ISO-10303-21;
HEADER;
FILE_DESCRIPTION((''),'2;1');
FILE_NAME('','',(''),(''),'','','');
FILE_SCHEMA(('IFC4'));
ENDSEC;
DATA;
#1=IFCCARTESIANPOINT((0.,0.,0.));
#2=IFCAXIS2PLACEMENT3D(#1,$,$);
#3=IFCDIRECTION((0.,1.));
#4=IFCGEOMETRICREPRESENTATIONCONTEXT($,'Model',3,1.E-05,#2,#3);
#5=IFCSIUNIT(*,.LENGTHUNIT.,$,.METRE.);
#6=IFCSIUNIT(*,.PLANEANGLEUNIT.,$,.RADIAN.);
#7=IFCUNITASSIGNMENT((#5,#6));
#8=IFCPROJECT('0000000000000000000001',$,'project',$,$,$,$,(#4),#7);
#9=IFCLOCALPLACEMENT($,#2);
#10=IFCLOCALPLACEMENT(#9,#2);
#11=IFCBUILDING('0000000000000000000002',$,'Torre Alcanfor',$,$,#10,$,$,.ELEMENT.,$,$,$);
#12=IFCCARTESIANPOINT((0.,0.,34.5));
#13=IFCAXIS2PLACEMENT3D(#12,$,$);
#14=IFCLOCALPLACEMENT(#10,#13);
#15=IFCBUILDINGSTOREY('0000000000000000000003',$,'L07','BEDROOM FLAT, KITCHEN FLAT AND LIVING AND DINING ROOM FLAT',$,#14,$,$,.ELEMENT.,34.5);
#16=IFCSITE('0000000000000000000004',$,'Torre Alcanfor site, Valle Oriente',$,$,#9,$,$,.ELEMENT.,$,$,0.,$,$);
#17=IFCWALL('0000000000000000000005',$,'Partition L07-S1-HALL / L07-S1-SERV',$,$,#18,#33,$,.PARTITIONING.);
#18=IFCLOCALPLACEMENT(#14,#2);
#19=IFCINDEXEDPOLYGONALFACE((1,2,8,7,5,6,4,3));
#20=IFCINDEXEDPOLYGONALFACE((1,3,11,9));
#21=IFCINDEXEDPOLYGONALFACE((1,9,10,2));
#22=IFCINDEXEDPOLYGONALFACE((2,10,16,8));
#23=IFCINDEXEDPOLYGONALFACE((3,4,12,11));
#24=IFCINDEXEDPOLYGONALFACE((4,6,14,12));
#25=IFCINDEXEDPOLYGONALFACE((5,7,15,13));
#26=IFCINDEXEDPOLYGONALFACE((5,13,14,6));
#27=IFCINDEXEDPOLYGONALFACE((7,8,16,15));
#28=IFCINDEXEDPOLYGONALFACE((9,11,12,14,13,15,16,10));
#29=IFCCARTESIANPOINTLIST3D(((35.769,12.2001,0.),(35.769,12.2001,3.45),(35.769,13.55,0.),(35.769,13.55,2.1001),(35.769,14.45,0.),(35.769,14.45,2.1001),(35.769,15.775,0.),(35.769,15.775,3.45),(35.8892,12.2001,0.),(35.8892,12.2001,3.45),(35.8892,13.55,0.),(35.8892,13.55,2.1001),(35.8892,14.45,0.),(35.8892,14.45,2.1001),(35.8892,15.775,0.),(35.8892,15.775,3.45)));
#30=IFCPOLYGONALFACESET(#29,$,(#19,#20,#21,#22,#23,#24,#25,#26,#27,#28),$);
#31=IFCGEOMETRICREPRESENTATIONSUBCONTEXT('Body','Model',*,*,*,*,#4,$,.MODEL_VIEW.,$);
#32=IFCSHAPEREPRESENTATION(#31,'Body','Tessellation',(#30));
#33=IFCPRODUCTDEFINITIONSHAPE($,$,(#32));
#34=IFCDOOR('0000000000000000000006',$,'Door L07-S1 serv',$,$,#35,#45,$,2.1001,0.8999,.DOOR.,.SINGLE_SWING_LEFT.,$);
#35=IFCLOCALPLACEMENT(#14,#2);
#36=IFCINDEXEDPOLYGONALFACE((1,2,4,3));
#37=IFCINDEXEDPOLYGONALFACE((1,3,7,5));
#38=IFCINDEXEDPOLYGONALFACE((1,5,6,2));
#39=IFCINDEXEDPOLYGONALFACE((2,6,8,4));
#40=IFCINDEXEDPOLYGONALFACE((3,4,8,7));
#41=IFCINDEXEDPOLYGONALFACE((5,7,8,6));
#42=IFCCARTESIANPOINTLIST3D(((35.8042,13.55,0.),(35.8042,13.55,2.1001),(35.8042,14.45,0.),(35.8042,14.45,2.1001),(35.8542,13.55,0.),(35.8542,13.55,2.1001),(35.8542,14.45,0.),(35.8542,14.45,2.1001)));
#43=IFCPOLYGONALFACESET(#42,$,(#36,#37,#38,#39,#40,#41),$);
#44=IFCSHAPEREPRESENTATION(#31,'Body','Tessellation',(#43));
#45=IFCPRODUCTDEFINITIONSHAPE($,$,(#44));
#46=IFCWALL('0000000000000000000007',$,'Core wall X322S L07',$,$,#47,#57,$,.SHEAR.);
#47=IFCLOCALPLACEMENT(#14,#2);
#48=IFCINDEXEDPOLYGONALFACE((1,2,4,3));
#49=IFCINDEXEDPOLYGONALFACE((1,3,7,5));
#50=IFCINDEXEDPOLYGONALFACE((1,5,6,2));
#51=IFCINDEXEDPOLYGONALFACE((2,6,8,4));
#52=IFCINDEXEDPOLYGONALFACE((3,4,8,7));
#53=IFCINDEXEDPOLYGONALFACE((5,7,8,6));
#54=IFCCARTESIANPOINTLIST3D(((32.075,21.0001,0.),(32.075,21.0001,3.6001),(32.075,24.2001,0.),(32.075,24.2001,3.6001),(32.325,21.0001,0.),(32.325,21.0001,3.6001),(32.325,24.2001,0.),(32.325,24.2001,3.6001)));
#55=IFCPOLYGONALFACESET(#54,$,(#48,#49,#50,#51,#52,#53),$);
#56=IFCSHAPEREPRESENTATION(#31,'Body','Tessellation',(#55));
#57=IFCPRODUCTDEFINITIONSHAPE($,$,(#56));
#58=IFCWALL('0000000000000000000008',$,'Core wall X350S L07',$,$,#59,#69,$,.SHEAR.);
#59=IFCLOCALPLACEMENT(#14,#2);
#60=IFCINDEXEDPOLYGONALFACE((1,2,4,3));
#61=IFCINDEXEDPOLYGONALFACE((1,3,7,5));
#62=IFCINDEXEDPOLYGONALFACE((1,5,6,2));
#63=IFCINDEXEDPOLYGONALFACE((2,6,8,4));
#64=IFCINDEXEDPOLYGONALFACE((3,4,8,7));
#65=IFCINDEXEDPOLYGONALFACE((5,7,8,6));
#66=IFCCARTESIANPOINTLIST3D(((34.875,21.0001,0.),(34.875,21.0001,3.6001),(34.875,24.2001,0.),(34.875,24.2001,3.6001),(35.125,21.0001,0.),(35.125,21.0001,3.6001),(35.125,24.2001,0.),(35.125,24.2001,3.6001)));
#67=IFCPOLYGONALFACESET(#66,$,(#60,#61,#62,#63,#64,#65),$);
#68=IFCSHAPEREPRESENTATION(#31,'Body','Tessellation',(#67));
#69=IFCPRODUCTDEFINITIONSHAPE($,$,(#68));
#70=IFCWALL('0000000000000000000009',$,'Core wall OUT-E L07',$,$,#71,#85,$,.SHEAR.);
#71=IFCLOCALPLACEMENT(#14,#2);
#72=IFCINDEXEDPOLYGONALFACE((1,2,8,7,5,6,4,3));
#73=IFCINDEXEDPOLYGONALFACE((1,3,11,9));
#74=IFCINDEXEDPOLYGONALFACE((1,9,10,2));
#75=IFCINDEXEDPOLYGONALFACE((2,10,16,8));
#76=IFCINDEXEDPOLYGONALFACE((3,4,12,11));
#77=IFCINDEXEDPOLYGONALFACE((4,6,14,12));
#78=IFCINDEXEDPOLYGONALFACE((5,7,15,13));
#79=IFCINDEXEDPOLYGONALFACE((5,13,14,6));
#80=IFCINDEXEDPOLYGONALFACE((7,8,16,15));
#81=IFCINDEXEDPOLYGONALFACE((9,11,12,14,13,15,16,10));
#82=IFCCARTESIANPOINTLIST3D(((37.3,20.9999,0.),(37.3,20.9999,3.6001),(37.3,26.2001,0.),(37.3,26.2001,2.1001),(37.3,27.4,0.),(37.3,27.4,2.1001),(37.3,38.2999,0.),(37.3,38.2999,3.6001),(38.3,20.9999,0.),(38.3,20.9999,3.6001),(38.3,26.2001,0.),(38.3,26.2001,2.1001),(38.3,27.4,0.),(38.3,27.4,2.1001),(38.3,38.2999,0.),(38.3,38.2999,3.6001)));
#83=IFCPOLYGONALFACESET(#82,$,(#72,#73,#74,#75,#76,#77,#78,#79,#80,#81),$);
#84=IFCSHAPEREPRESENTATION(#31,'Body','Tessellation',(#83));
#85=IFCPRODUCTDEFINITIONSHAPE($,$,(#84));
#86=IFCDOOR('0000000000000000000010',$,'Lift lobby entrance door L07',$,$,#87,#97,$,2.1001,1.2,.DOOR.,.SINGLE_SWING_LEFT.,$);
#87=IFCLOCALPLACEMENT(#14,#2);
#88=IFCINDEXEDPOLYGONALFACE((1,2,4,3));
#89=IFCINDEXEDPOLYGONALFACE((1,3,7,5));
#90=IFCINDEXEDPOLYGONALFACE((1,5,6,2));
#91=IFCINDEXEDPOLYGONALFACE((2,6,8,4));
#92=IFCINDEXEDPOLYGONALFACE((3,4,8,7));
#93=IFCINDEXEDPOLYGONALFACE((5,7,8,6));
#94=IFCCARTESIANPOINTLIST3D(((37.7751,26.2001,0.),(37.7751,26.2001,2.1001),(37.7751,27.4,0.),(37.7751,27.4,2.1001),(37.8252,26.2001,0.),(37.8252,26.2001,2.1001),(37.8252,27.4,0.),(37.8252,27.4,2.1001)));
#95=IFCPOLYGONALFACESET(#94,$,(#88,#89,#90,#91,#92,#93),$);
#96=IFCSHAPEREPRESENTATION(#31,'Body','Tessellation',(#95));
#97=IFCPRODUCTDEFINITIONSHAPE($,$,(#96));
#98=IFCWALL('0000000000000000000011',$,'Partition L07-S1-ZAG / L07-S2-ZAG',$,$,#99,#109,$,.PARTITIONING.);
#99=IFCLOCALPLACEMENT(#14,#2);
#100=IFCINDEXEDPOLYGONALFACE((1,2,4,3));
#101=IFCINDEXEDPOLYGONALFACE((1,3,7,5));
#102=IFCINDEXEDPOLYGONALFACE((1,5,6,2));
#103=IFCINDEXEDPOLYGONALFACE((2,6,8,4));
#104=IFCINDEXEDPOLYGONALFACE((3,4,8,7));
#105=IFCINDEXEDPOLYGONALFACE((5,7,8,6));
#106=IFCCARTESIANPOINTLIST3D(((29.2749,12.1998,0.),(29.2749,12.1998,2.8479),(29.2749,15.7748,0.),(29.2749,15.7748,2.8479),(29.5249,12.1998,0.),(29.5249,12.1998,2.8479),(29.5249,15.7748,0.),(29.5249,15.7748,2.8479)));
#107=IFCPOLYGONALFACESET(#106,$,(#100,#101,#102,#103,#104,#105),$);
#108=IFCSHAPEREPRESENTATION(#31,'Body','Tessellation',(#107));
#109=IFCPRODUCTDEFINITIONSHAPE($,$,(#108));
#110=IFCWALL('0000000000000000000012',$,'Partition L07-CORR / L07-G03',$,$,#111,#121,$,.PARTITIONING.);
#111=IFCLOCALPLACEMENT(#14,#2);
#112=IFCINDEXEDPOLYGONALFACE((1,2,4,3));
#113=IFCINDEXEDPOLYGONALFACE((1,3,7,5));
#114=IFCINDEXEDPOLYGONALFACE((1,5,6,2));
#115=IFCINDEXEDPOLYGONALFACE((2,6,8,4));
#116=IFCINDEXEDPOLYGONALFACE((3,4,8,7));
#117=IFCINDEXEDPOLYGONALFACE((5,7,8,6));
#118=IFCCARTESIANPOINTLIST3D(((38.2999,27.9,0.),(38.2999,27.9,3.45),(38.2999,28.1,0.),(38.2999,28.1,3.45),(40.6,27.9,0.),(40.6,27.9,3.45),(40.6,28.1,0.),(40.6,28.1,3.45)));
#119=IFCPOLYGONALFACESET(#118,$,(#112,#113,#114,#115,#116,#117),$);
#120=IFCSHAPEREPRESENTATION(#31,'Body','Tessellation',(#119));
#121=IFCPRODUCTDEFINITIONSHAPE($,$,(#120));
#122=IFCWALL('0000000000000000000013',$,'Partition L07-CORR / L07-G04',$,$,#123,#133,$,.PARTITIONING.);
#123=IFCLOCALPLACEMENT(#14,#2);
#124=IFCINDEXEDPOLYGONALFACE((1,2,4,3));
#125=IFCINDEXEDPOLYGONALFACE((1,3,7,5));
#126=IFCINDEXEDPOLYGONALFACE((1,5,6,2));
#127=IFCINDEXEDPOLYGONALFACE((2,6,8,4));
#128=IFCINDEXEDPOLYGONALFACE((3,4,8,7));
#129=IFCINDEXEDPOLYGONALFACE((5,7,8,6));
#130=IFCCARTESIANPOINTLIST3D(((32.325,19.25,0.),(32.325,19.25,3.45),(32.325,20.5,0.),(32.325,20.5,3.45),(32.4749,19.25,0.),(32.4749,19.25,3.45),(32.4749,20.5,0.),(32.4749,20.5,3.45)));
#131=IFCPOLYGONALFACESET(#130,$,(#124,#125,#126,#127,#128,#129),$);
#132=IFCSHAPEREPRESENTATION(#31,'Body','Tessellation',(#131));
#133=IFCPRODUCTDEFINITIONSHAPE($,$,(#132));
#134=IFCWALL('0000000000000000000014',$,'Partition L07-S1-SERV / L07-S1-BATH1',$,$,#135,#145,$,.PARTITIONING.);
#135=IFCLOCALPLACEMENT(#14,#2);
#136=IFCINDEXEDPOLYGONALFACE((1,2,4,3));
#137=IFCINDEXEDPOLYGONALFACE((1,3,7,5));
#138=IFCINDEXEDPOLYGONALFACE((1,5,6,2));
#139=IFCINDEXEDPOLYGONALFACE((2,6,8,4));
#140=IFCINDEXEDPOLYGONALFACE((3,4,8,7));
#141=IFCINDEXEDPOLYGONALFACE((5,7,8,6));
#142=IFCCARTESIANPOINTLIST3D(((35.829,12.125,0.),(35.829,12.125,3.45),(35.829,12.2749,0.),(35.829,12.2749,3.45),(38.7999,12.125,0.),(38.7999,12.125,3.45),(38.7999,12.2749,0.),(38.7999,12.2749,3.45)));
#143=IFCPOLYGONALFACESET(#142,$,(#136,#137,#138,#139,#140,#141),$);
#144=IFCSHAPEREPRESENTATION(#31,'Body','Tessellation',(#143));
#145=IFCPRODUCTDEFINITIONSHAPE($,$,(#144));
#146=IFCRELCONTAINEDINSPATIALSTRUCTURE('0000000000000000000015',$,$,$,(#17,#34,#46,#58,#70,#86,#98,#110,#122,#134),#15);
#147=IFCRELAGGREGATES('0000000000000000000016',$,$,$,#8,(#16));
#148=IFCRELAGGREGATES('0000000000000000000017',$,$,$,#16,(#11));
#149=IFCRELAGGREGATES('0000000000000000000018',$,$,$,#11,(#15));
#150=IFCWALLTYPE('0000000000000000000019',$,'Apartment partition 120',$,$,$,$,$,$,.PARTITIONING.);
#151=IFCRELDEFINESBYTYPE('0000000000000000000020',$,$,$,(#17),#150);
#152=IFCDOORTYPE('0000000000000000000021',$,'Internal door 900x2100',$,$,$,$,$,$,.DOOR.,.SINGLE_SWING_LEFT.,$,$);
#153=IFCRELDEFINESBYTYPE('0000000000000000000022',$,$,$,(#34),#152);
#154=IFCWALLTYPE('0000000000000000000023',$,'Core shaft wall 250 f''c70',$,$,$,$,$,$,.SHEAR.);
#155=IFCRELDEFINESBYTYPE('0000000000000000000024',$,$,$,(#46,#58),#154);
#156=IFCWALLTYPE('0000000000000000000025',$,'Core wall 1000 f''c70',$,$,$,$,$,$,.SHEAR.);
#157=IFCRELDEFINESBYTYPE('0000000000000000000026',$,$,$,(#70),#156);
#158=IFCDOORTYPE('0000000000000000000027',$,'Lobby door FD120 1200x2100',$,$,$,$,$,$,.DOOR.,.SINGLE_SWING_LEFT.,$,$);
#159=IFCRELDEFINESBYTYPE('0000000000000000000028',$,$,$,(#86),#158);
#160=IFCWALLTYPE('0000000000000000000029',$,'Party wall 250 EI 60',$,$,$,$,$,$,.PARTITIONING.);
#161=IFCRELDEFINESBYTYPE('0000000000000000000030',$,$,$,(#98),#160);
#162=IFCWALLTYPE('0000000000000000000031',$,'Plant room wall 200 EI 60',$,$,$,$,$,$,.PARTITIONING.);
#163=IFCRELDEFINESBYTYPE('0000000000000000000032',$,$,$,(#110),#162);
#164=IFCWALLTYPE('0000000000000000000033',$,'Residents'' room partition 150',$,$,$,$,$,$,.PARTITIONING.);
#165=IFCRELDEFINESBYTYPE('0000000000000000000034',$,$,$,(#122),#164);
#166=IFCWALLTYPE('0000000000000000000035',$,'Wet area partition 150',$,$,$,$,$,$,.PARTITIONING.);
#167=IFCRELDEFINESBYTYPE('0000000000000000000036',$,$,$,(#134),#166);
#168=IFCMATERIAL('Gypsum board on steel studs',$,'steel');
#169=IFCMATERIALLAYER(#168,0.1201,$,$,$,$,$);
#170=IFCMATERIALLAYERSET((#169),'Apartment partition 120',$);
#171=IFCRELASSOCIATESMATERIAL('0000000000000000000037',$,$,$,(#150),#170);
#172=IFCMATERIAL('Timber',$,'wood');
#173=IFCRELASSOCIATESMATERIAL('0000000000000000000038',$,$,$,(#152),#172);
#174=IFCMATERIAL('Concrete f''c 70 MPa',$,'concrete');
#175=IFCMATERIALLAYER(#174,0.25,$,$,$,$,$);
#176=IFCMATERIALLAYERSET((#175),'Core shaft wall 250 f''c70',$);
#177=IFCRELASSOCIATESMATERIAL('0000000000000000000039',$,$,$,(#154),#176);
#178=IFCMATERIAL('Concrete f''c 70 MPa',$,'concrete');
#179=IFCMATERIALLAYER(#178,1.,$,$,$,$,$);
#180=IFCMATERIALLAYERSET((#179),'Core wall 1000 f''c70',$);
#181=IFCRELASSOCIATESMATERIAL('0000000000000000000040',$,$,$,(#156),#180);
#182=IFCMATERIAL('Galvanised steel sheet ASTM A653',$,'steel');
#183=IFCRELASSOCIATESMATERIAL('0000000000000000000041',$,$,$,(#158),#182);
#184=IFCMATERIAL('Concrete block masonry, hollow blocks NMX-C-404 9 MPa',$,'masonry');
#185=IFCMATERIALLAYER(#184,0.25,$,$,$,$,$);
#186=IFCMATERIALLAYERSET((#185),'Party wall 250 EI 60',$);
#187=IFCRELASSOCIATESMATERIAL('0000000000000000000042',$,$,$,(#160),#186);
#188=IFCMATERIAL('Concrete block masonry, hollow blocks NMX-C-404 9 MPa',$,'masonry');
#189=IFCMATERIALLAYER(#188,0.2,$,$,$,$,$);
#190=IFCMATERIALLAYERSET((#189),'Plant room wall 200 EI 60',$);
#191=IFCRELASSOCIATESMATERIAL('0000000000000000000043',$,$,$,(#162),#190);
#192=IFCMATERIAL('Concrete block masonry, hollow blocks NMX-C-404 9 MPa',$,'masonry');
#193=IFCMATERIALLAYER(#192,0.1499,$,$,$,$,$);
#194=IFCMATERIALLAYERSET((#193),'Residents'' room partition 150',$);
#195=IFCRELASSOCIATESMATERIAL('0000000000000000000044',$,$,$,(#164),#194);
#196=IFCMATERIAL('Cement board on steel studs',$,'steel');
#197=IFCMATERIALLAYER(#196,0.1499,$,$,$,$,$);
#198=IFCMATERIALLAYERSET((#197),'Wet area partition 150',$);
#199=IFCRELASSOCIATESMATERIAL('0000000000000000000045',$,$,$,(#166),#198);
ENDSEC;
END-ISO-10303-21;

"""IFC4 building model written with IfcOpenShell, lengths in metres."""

from ifc_helpers import new_model, si_unit, direction, frame, frame_2d, origin, place, context, subcontext, project, spatial, rectangle, extrude, material, layer, layer_set, type_object, element, fill, save


model = new_model("IFC4")

# Units and contexts
model_context = context("Model", 3, precision=1e-05, world=origin(), true_north=direction((0.0, 1.0)))
body_context = subcontext(model_context, "Body", "Model", "MODEL_VIEW")
ifc_project = project(units=[si_unit("LENGTHUNIT", "METRE"), si_unit("PLANEANGLEUNIT", "RADIAN")], contexts=[model_context])

# Site, building, storey
site_placement = place(None, origin())
site = spatial("IfcSite", under=ifc_project, at=site_placement, Name="Torre Alcanfor site, Valle Oriente", CompositionType="ELEMENT", RefElevation=0.0)
building_placement = place(site_placement, origin())
building = spatial("IfcBuilding", under=site, at=building_placement, Name="Torre Alcanfor", CompositionType="ELEMENT")
storey_placement = place(building_placement, frame((0.0, 0.0, 34.5)))
storey = spatial("IfcBuildingStorey", under=building, at=storey_placement, Name="L07", Description="BEDROOM FLAT, KITCHEN FLAT AND LIVING AND DINING ROOM FLAT", CompositionType="ELEMENT", Elevation=34.5)

# Wall, opening, door
ifc_material_1 = material(Name="Gypsum board on steel studs", Category="steel")
ifc_layer_1 = layer(ifc_material_1, 0.1201)
ifc_layer_set_1 = layer_set([ifc_layer_1], Name="Apartment partition 120")
wall_type_1 = type_object("IfcWallType", Name="Apartment partition 120", PredefinedType="PARTITIONING", material=ifc_layer_set_1)
wall_1_placement = place(storey_placement, frame((35.8291, 12.2, 0.0), z_axis=(0.0, 0.0, 1.0), x_axis=(0.0, 1.0, 0.0)))
wall_1 = element("IfcWall", 1, at=wall_1_placement, inside=storey, type_object=wall_type_1, Name="Partition L07-S1-HALL / L07-S1-SERV", PredefinedType="PARTITIONING", context=body_context, shape_type="SweptSolid", body=[
    extrude(rectangle(XDim=3.575, YDim=0.1201, at=frame_2d((1.7876, 0.0))), origin(), (0.0, 0.0, 1.0), 3.45),
])
opening_1_placement = place(wall_1_placement, frame((1.3501, 0.0, 0.0)))
opening_1 = element("IfcOpeningElement", 2, at=opening_1_placement, cuts=wall_1, PredefinedType="OPENING", context=body_context, shape_type="SweptSolid", body=[
    extrude(rectangle(XDim=0.8999, YDim=2.1001, at=frame_2d((0.45, 1.05))), frame((0.0, 0.0701, 0.0), z_axis=(0.0, -1.0, 0.0), x_axis=(1.0, 0.0, 0.0)), (0.0, 0.0, 1.0), 0.1401),
])
ifc_material_2 = material(Name="Timber", Category="wood")
door_type_1 = type_object("IfcDoorType", Name="Internal door 900x2100", OperationType="SINGLE_SWING_LEFT", PredefinedType="DOOR", material=ifc_material_2)
door_1_placement = place(opening_1_placement, frame((0.8999, 0.0, 0.0), z_axis=(0.0, 0.0, 1.0), x_axis=(-1.0, 0.0, 0.0)))
door_1 = element("IfcDoor", 3, at=door_1_placement, inside=storey, type_object=door_type_1, Name="Door L07-S1 serv", OperationType="SINGLE_SWING_LEFT", OverallHeight=2.1001, OverallWidth=0.8999, PredefinedType="DOOR", context=body_context, shape_type="SweptSolid", body=[
    extrude(rectangle(XDim=0.8999, YDim=2.1001, at=frame_2d((0.45, 1.05))), frame((0.0, 0.0251, 0.0), z_axis=(0.0, -1.0, 0.0), x_axis=(1.0, 0.0, 0.0)), (0.0, 0.0, 1.0), 0.05),
])
fill(opening_1, door_1)

# Walls
ifc_material_3 = material(Name="Concrete f'c 70 MPa", Category="concrete")
ifc_layer_2 = layer(ifc_material_3, 0.25)
ifc_layer_set_2 = layer_set([ifc_layer_2], Name="Core shaft wall 250 f'c70")
wall_type_2 = type_object("IfcWallType", Name="Core shaft wall 250 f'c70", PredefinedType="SHEAR", material=ifc_layer_set_2)
for number, where, z_axis, x_axis, name in (
    (4, (32.2, 21.0, 0.0), (0.0, 0.0, 1.0), (0.0, 1.0, 0.0), "Core wall X322S L07"),
    (5, (35.0, 21.0, 0.0), (0.0, 0.0, 1.0), (0.0, 1.0, 0.0), "Core wall X350S L07"),
):
    element("IfcWall", number, at=place(storey_placement, frame(where, z_axis=z_axis, x_axis=x_axis)), inside=storey, type_object=wall_type_2, Name=name, PredefinedType="SHEAR", context=body_context, shape_type="SweptSolid", body=[
        extrude(rectangle(XDim=3.2, YDim=0.25, at=frame_2d((1.6001, 0.0))), origin(), (0.0, 0.0, 1.0), 3.6001),
    ])

# Wall, opening, door
ifc_material_4 = material(Name="Concrete f'c 70 MPa", Category="concrete")
ifc_layer_3 = layer(ifc_material_4, 1.0)
ifc_layer_set_3 = layer_set([ifc_layer_3], Name="Core wall 1000 f'c70")
wall_type_3 = type_object("IfcWallType", Name="Core wall 1000 f'c70", PredefinedType="SHEAR", material=ifc_layer_set_3)
wall_2_placement = place(storey_placement, frame((37.8, 21.0, 0.0), z_axis=(0.0, 0.0, 1.0), x_axis=(0.0, 1.0, 0.0)))
wall_2 = element("IfcWall", 6, at=wall_2_placement, inside=storey, type_object=wall_type_3, Name="Core wall OUT-E L07", PredefinedType="SHEAR", context=body_context, shape_type="SweptSolid", body=[
    extrude(rectangle(XDim=17.3, YDim=1.0, at=frame_2d((8.6499, 0.0))), origin(), (0.0, 0.0, 1.0), 3.6001),
])
opening_2_placement = place(wall_2_placement, frame((5.2, 0.0, 0.0)))
opening_2 = element("IfcOpeningElement", 7, at=opening_2_placement, cuts=wall_2, PredefinedType="OPENING", context=body_context, shape_type="SweptSolid", body=[
    extrude(rectangle(XDim=1.2, YDim=2.1001, at=frame_2d((0.6001, 1.05))), frame((0.0, 0.51, 0.0), z_axis=(0.0, -1.0, 0.0), x_axis=(1.0, 0.0, 0.0)), (0.0, 0.0, 1.0), 1.02),
])
ifc_material_5 = material(Name="Galvanised steel sheet ASTM A653", Category="steel")
door_type_2 = type_object("IfcDoorType", Name="Lobby door FD120 1200x2100", OperationType="SINGLE_SWING_LEFT", PredefinedType="DOOR", material=ifc_material_5)
door_2_placement = place(opening_2_placement, origin())
door_2 = element("IfcDoor", 8, at=door_2_placement, inside=storey, type_object=door_type_2, Name="Lift lobby entrance door L07", OperationType="SINGLE_SWING_LEFT", OverallHeight=2.1001, OverallWidth=1.2, PredefinedType="DOOR", context=body_context, shape_type="SweptSolid", body=[
    extrude(rectangle(XDim=1.2, YDim=2.1001, at=frame_2d((0.6001, 1.05))), frame((0.0, 0.0249, 0.0), z_axis=(0.0, -1.0, 0.0), x_axis=(1.0, 0.0, 0.0)), (0.0, 0.0, 1.0), 0.05),
])
fill(opening_2, door_2)

# Walls
ifc_material_6 = material(Name="Concrete block masonry, hollow blocks NMX-C-404 9 MPa", Category="masonry")
ifc_layer_4 = layer(ifc_material_6, 0.25)
ifc_layer_set_4 = layer_set([ifc_layer_4], Name="Party wall 250 EI 60")
wall_type_4 = type_object("IfcWallType", Name="Party wall 250 EI 60", PredefinedType="PARTITIONING", material=ifc_layer_set_4)
wall_3_placement = place(storey_placement, frame((29.3999, 15.7749, 0.0), z_axis=(0.0, 0.0, 1.0), x_axis=(0.0, -1.0, 0.0)))
element("IfcWall", 9, at=wall_3_placement, inside=storey, type_object=wall_type_4, Name="Partition L07-S1-ZAG / L07-S2-ZAG", PredefinedType="PARTITIONING", context=body_context, shape_type="SweptSolid", body=[
    extrude(rectangle(XDim=3.575, YDim=0.25, at=frame_2d((1.7876, 0.0))), origin(), (0.0, 0.0, 1.0), 2.8479),
])
ifc_material_7 = material(Name="Concrete block masonry, hollow blocks NMX-C-404 9 MPa", Category="masonry")
ifc_layer_5 = layer(ifc_material_7, 0.2)
ifc_layer_set_5 = layer_set([ifc_layer_5], Name="Plant room wall 200 EI 60")
wall_type_5 = type_object("IfcWallType", Name="Plant room wall 200 EI 60", PredefinedType="PARTITIONING", material=ifc_layer_set_5)
wall_4_placement = place(storey_placement, frame((38.3, 28.0, 0.0), z_axis=(0.0, 0.0, 1.0), x_axis=(1.0, 0.0, 0.0)))
element("IfcWall", 10, at=wall_4_placement, inside=storey, type_object=wall_type_5, Name="Partition L07-CORR / L07-G03", PredefinedType="PARTITIONING", context=body_context, shape_type="SweptSolid", body=[
    extrude(rectangle(XDim=2.3, YDim=0.2, at=frame_2d((1.1499, 0.0))), origin(), (0.0, 0.0, 1.0), 3.45),
])
ifc_material_8 = material(Name="Concrete block masonry, hollow blocks NMX-C-404 9 MPa", Category="masonry")
ifc_layer_6 = layer(ifc_material_8, 0.1499)
ifc_layer_set_6 = layer_set([ifc_layer_6], Name="Residents' room partition 150")
wall_type_6 = type_object("IfcWallType", Name="Residents' room partition 150", PredefinedType="PARTITIONING", material=ifc_layer_set_6)
wall_5_placement = place(storey_placement, frame((32.3999, 19.25, 0.0), z_axis=(0.0, 0.0, 1.0), x_axis=(0.0, 1.0, 0.0)))
element("IfcWall", 11, at=wall_5_placement, inside=storey, type_object=wall_type_6, Name="Partition L07-CORR / L07-G04", PredefinedType="PARTITIONING", context=body_context, shape_type="SweptSolid", body=[
    extrude(rectangle(XDim=1.25, YDim=0.1499, at=frame_2d((0.625, 0.0))), origin(), (0.0, 0.0, 1.0), 3.45),
])
ifc_material_9 = material(Name="Cement board on steel studs", Category="steel")
ifc_layer_7 = layer(ifc_material_9, 0.1499)
ifc_layer_set_7 = layer_set([ifc_layer_7], Name="Wet area partition 150")
wall_type_7 = type_object("IfcWallType", Name="Wet area partition 150", PredefinedType="PARTITIONING", material=ifc_layer_set_7)
wall_6_placement = place(storey_placement, frame((35.8291, 12.2, 0.0), z_axis=(0.0, 0.0, 1.0), x_axis=(1.0, 0.0, 0.0)))
element("IfcWall", 12, at=wall_6_placement, inside=storey, type_object=wall_type_7, Name="Partition L07-S1-SERV / L07-S1-BATH1", PredefinedType="PARTITIONING", context=body_context, shape_type="SweptSolid", body=[
    extrude(rectangle(XDim=2.9709, YDim=0.1499, at=frame_2d((1.4854, 0.0))), origin(), (0.0, 0.0, 1.0), 3.45),
])

save(model, "model.ifc")
